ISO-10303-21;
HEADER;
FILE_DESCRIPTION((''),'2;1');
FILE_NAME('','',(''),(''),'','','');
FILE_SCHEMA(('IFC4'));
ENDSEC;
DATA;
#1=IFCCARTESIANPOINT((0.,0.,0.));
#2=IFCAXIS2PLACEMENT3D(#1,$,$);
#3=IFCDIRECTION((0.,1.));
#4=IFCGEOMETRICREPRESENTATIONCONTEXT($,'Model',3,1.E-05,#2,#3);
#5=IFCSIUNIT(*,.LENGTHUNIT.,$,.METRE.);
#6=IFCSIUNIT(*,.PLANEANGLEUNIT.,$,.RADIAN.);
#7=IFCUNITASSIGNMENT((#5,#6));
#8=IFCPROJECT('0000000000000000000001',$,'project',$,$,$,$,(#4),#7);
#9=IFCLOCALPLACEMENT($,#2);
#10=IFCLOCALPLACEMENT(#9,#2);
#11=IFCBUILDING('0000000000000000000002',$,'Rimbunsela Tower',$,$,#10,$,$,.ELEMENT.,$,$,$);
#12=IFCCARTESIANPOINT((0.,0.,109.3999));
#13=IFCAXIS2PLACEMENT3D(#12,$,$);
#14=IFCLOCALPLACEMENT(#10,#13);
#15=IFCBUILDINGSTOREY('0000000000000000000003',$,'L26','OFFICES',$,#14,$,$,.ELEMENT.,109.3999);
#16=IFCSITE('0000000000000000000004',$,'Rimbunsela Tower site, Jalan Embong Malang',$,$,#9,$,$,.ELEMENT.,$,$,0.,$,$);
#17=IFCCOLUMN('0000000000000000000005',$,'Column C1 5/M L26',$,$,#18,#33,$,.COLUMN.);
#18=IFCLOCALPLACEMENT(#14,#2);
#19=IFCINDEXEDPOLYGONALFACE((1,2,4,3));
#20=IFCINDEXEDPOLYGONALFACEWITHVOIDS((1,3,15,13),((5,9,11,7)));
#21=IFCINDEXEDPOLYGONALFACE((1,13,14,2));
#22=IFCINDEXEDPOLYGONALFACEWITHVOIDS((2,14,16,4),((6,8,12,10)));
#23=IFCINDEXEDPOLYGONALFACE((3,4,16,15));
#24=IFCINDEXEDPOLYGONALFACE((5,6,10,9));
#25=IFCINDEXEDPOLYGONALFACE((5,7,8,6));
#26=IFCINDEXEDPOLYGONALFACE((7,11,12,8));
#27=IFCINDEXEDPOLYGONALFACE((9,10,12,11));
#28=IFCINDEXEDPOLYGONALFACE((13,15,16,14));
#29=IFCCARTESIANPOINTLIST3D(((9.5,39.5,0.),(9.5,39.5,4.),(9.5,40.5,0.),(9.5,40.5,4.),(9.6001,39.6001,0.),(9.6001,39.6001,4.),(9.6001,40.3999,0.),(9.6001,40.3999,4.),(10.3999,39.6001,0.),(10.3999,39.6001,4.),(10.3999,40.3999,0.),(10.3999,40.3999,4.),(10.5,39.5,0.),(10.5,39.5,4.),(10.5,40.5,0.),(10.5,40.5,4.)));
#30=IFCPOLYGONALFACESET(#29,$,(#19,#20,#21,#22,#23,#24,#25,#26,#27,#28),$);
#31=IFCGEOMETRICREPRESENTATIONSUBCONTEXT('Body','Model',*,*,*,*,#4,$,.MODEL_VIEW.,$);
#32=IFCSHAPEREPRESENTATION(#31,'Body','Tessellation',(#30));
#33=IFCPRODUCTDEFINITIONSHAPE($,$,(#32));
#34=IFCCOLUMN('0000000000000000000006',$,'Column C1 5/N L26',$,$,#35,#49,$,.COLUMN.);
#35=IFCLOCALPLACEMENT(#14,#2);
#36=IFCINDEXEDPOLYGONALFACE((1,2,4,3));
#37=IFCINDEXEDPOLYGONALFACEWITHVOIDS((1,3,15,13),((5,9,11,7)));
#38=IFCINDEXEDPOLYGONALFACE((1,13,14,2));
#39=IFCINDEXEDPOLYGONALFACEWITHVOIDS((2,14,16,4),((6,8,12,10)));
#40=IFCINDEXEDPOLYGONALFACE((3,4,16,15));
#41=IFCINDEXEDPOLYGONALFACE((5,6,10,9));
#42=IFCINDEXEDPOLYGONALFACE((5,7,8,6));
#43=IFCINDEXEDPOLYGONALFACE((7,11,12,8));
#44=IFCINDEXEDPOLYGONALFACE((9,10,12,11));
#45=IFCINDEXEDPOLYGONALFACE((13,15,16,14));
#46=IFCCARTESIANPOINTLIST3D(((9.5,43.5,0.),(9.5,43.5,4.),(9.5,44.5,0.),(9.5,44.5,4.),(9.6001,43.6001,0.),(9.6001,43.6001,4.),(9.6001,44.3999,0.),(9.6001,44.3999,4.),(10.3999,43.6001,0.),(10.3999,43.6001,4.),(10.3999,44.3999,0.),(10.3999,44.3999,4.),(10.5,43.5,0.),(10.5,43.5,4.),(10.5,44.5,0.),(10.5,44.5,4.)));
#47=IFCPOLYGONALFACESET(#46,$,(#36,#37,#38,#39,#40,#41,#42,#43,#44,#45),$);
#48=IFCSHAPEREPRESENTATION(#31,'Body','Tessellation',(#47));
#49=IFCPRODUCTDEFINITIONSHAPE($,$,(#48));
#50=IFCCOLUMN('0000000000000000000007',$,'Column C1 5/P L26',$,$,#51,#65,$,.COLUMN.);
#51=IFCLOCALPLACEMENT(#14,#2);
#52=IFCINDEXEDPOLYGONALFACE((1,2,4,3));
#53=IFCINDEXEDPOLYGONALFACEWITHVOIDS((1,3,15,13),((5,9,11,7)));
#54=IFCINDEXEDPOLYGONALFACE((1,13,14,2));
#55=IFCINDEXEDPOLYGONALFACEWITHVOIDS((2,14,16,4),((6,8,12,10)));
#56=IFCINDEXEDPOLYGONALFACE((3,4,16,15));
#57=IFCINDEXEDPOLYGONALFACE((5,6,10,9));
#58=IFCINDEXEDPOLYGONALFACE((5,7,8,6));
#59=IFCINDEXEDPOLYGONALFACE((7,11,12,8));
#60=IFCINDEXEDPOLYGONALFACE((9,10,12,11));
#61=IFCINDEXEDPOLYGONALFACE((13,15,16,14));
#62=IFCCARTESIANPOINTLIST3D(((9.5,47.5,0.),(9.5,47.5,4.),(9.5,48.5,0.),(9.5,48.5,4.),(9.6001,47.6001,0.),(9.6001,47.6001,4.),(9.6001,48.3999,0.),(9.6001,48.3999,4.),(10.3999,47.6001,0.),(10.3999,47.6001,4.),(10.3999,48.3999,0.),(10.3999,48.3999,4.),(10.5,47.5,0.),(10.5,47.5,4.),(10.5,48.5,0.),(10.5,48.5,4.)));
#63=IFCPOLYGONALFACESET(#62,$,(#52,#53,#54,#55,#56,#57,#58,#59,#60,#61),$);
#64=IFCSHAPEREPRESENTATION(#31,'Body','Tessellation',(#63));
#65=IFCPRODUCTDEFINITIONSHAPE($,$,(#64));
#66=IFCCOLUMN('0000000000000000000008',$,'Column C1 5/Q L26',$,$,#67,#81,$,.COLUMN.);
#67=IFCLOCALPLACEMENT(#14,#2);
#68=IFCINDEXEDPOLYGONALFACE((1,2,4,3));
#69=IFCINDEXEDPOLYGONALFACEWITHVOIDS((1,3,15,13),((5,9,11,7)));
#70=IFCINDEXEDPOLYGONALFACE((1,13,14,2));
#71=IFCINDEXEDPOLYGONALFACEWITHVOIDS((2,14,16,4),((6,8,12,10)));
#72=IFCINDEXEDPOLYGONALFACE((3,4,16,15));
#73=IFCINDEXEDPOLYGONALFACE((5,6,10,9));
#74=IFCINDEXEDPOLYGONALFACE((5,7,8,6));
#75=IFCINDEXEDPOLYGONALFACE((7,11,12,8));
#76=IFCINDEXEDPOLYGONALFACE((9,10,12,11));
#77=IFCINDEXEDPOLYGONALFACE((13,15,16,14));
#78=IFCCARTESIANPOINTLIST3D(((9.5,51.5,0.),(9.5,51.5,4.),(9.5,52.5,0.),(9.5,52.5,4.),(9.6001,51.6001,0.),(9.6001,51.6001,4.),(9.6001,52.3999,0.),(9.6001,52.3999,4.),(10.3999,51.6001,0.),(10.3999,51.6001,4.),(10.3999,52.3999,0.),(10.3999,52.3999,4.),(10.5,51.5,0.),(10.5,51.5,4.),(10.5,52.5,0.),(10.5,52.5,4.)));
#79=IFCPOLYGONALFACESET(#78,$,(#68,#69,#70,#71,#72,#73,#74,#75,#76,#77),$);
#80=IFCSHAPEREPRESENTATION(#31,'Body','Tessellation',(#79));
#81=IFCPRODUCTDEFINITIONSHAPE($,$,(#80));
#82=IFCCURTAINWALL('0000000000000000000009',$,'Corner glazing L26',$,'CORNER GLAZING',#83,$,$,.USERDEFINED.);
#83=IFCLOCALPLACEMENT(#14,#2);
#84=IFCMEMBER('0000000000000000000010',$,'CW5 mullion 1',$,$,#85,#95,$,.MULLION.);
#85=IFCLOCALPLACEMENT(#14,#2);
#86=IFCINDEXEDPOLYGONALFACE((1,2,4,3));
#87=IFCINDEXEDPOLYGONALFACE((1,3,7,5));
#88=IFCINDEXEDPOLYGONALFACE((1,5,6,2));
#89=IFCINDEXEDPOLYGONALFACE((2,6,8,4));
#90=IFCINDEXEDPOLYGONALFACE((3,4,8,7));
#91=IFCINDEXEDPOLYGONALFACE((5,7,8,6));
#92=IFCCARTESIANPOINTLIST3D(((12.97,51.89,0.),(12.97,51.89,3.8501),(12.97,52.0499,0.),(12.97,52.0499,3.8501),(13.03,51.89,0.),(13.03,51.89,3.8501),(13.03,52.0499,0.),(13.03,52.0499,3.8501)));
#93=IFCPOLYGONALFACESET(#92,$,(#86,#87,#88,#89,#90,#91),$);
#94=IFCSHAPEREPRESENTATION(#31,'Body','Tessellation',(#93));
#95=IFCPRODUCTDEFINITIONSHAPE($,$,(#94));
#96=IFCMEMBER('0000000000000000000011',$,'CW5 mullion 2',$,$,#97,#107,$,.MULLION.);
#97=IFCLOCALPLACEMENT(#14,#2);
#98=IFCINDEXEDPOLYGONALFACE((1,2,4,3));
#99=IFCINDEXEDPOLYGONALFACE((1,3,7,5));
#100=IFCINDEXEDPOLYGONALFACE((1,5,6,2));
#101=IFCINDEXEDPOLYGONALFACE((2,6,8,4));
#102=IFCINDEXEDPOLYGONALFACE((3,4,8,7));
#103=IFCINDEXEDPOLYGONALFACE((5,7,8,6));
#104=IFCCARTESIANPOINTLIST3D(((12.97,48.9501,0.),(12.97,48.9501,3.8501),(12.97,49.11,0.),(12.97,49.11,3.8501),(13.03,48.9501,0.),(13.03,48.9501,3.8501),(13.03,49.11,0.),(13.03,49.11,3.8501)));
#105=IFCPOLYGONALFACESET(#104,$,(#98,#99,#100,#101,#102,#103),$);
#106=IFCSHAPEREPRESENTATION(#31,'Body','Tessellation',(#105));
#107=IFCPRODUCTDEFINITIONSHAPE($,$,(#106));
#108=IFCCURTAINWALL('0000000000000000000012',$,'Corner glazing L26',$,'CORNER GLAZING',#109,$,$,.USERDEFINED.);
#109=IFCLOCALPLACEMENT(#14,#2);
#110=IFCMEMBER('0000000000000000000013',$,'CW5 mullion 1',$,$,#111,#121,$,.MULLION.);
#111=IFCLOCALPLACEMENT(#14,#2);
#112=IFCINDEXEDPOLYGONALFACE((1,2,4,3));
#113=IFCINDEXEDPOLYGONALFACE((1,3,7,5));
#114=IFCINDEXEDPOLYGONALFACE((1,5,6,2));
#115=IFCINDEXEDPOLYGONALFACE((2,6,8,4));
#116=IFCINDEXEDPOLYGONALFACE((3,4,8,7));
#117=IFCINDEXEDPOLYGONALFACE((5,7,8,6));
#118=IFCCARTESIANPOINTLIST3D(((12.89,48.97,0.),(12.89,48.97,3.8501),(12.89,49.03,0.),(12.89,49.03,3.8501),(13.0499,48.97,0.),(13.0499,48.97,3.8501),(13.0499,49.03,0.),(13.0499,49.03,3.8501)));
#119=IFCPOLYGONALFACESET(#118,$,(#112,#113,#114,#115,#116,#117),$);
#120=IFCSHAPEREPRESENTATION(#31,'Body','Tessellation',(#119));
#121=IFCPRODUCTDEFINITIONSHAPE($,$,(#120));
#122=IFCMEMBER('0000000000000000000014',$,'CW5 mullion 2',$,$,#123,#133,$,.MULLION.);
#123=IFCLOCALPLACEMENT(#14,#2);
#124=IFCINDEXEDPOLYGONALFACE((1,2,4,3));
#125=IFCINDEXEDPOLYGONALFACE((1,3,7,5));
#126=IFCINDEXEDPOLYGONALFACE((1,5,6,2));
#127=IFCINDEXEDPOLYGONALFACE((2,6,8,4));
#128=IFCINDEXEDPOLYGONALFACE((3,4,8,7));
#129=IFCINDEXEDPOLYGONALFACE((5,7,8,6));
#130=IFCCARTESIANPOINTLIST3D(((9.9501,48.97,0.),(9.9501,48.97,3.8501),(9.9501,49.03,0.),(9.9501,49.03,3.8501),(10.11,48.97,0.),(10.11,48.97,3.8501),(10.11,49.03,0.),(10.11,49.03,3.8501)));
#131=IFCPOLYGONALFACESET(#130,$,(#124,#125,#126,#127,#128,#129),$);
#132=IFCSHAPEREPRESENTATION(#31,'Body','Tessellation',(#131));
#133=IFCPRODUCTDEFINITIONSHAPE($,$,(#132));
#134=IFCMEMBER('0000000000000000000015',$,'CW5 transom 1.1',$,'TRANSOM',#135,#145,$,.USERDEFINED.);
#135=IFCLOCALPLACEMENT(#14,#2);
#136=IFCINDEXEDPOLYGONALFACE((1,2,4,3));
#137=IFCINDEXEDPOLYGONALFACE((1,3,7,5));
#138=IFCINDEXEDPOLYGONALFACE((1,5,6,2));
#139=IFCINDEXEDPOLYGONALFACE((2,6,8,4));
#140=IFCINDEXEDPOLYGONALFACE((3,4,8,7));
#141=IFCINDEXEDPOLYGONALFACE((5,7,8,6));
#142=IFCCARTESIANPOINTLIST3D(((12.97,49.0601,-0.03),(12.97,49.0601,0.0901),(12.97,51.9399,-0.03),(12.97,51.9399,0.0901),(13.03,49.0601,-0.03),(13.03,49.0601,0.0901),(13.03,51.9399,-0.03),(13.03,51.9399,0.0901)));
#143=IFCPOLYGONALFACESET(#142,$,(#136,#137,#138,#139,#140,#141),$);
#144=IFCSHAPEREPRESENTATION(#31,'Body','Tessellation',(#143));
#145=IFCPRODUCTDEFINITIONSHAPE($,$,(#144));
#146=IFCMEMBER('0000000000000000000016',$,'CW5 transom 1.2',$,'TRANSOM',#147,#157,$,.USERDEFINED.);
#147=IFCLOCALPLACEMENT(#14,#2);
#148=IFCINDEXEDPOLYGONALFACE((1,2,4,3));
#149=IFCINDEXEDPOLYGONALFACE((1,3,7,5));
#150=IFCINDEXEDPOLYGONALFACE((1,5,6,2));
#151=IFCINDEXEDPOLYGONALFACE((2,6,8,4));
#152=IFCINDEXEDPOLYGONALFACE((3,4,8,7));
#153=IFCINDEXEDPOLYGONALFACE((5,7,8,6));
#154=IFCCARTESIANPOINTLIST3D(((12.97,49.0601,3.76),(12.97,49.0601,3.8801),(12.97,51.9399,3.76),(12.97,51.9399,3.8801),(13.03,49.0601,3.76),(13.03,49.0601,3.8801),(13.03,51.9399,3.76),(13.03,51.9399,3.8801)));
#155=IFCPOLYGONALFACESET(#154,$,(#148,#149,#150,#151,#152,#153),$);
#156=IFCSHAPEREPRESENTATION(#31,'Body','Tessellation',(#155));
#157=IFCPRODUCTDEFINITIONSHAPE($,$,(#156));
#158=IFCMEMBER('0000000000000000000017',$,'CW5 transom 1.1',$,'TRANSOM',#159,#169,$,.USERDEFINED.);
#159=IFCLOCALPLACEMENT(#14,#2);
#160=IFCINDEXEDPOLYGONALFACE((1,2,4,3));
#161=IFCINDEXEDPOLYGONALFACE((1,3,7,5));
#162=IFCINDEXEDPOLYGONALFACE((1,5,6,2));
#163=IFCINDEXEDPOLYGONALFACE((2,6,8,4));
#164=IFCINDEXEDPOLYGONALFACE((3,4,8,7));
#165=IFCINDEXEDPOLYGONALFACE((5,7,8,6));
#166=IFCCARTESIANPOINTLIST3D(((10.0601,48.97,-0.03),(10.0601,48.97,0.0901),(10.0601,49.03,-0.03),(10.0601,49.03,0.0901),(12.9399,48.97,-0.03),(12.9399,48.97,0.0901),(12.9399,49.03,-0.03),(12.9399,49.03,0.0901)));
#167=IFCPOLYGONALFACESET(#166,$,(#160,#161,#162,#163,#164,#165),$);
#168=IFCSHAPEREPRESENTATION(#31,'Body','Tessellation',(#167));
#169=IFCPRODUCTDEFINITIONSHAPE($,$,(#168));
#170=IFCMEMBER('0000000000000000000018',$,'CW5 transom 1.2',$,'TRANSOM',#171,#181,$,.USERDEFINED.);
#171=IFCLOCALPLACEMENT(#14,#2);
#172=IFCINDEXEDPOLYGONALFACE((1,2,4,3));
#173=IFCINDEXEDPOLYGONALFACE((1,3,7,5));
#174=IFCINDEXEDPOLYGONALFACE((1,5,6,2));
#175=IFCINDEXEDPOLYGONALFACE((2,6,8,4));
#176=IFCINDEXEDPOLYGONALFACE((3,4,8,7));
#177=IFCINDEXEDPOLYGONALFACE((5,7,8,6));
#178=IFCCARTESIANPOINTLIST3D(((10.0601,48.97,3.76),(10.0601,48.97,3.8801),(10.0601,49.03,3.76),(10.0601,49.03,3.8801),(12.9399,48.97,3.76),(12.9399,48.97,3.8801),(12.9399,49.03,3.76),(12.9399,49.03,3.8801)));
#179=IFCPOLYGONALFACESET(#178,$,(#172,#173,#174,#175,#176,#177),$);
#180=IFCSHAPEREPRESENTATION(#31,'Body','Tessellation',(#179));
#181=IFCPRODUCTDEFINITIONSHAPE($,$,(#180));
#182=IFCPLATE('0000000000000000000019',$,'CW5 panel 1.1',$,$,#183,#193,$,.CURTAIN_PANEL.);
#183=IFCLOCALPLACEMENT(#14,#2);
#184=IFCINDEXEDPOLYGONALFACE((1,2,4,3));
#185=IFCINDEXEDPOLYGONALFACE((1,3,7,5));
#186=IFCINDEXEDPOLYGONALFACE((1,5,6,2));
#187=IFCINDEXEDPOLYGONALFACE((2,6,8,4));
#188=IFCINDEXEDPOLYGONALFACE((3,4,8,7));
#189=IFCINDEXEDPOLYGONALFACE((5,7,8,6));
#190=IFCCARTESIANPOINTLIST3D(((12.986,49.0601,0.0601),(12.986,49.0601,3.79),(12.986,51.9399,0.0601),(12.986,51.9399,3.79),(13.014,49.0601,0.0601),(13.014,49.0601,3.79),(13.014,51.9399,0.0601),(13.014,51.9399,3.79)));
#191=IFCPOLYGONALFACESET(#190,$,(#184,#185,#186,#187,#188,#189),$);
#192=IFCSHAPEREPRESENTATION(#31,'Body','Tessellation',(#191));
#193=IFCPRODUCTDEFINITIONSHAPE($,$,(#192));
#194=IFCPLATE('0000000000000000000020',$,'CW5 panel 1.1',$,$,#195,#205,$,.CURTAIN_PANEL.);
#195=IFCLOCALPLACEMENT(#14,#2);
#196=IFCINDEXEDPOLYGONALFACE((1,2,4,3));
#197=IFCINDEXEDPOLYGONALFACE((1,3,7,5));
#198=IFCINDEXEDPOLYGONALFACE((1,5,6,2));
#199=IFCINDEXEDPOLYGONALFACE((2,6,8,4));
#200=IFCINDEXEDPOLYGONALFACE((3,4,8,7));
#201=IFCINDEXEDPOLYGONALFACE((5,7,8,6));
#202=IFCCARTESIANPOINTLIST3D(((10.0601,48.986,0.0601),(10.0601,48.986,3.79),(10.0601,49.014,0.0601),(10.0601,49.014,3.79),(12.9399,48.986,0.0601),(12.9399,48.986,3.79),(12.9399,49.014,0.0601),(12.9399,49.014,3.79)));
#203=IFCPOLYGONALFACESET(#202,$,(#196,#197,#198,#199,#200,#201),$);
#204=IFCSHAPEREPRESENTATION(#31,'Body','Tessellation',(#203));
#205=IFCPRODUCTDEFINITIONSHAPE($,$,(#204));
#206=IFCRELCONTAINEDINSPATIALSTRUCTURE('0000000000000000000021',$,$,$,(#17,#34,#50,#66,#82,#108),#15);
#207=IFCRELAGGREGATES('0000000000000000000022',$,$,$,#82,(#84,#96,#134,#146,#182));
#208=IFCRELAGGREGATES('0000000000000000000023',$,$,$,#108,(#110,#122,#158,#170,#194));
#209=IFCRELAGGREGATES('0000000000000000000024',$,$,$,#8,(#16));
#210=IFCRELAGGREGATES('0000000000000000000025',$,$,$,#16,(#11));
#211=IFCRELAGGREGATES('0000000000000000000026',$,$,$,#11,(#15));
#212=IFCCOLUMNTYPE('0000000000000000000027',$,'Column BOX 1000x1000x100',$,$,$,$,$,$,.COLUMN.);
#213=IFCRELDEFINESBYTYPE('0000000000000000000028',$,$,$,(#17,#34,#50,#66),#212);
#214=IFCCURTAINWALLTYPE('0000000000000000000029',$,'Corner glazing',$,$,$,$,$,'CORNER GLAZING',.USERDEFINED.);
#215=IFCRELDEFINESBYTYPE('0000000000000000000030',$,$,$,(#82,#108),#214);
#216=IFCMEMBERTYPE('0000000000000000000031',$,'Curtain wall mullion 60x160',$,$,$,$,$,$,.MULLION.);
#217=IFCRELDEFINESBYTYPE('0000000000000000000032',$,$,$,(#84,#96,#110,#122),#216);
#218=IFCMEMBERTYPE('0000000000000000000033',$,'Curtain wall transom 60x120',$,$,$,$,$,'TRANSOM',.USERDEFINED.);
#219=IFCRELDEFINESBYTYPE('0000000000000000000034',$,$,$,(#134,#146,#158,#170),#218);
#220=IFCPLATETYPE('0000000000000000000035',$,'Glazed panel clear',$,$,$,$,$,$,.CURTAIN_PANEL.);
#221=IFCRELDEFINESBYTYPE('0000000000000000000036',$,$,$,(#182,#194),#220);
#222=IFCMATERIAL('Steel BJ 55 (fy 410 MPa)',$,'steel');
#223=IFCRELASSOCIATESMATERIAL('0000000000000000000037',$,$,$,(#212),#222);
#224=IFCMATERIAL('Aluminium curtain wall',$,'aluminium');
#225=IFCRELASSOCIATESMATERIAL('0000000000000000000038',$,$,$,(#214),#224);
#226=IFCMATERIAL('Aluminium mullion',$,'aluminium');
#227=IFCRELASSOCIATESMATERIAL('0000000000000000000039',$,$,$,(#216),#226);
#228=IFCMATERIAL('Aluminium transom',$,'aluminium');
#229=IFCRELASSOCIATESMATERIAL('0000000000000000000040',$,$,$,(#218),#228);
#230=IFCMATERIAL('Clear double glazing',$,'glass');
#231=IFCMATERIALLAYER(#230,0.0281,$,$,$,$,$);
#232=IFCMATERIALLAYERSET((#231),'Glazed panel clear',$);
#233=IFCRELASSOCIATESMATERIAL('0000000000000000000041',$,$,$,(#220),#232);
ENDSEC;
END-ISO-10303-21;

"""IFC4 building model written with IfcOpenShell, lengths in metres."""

from ifc_helpers import new_model, si_unit, direction, frame, origin, origin_2d, place, context, subcontext, project, spatial, rectangle, hollow_rectangle, extrude, material, layer, layer_set, material_profile, profile_set, type_object, element, aggregate, save


model = new_model("IFC4")

# Units and contexts
model_context = context("Model", 3, precision=1e-05, world=origin(), true_north=direction((0.0, 1.0)))
body_context = subcontext(model_context, "Body", "Model", "MODEL_VIEW")
ifc_project = project(units=[si_unit("LENGTHUNIT", "METRE"), si_unit("PLANEANGLEUNIT", "RADIAN")], contexts=[model_context])

# Site, building, storey
site_placement = place(None, origin())
site = spatial("IfcSite", under=ifc_project, at=site_placement, Name="Rimbunsela Tower site, Jalan Embong Malang", CompositionType="ELEMENT", RefElevation=0.0)
building_placement = place(site_placement, origin())
building = spatial("IfcBuilding", under=site, at=building_placement, Name="Rimbunsela Tower", CompositionType="ELEMENT")
storey_placement = place(building_placement, frame((0.0, 0.0, 109.3999)))
storey = spatial("IfcBuildingStorey", under=building, at=storey_placement, Name="L26", Description="OFFICES", CompositionType="ELEMENT", Elevation=109.3999)

# Columns
ifc_material_1 = material(Name="Steel BJ 55 (fy 410 MPa)", Category="steel")
ifc_material_profile_1 = material_profile(ifc_material_1, hollow_rectangle(XDim=1.0, YDim=1.0, WallThickness=0.1001, at=origin_2d()), Name="BOX 1000x1000x100")
ifc_profile_set_1 = profile_set([ifc_material_profile_1], Name="Steel BJ 55 (fy 410 MPa)")
column_type = type_object("IfcColumnType", Name="Column BOX 1000x1000x100", PredefinedType="COLUMN", material=ifc_profile_set_1)
for number, where, z_axis, x_axis, name in (
    (1, (10.0, 40.0, 0.0), (0.0, 0.0, 1.0), (1.0, 0.0, 0.0), "Column C1 5/M L26"),
    (2, (10.0, 44.0, 0.0), (0.0, 0.0, 1.0), (1.0, 0.0, 0.0), "Column C1 5/N L26"),
    (3, (10.0, 48.0, 0.0), (0.0, 0.0, 1.0), (1.0, 0.0, 0.0), "Column C1 5/P L26"),
    (4, (10.0, 52.0, 0.0), (0.0, 0.0, 1.0), (1.0, 0.0, 0.0), "Column C1 5/Q L26"),
):
    element("IfcColumn", number, at=place(storey_placement, frame(where, z_axis=z_axis, x_axis=x_axis)), inside=storey, type_object=column_type, Name=name, PredefinedType="COLUMN", context=body_context, shape_type="SweptSolid", body=[
        extrude(hollow_rectangle(XDim=1.0, YDim=1.0, WallThickness=0.1001, at=origin_2d()), origin(), (0.0, 0.0, 1.0), 4.0),
    ])

# Curtain walls, members
ifc_material_2 = material(Name="Aluminium curtain wall", Category="aluminium")
curtain_wall_type = type_object("IfcCurtainWallType", Name="Corner glazing", ElementType="CORNER GLAZING", PredefinedType="USERDEFINED", material=ifc_material_2)
curtain_wall_1_placement = place(storey_placement, origin())
curtain_wall_1 = element("IfcCurtainWall", 5, at=curtain_wall_1_placement, inside=storey, type_object=curtain_wall_type, Name="Corner glazing L26", ObjectType="CORNER GLAZING", PredefinedType="USERDEFINED")
ifc_material_3 = material(Name="Aluminium mullion", Category="aluminium")
ifc_material_profile_2 = material_profile(ifc_material_3, rectangle(XDim=0.0601, YDim=0.1599, at=origin_2d()), Name="Mullion 60x160")
ifc_profile_set_2 = profile_set([ifc_material_profile_2], Name="Aluminium mullion")
member_type_1 = type_object("IfcMemberType", Name="Curtain wall mullion 60x160", PredefinedType="MULLION", material=ifc_profile_set_2)
member_1_placement = place(storey_placement, frame((13.0, 51.97, 0.0), z_axis=(0.0, 0.0, 1.0), x_axis=(1.0, 0.0, 0.0)))
member_1 = element("IfcMember", 6, at=member_1_placement, type_object=member_type_1, Name="CW5 mullion 1", PredefinedType="MULLION", context=body_context, shape_type="SweptSolid", body=[
    extrude(rectangle(XDim=0.0601, YDim=0.1599, at=origin_2d()), origin(), (0.0, 0.0, 1.0), 3.8501),
])
member_2_placement = place(storey_placement, frame((13.0, 49.03, 0.0), z_axis=(0.0, 0.0, 1.0), x_axis=(1.0, 0.0, 0.0)))
member_2 = element("IfcMember", 7, at=member_2_placement, type_object=member_type_1, Name="CW5 mullion 2", PredefinedType="MULLION", context=body_context, shape_type="SweptSolid", body=[
    extrude(rectangle(XDim=0.0601, YDim=0.1599, at=origin_2d()), origin(), (0.0, 0.0, 1.0), 3.8501),
])
curtain_wall_2_placement = place(storey_placement, origin())
curtain_wall_2 = element("IfcCurtainWall", 8, at=curtain_wall_2_placement, inside=storey, type_object=curtain_wall_type, Name="Corner glazing L26", ObjectType="CORNER GLAZING", PredefinedType="USERDEFINED")
member_3_placement = place(storey_placement, frame((12.97, 49.0, 0.0), z_axis=(0.0, 0.0, 1.0), x_axis=(0.0, -1.0, 0.0)))
member_3 = element("IfcMember", 9, at=member_3_placement, type_object=member_type_1, Name="CW5 mullion 1", PredefinedType="MULLION", context=body_context, shape_type="SweptSolid", body=[
    extrude(rectangle(XDim=0.0601, YDim=0.1599, at=origin_2d()), origin(), (0.0, 0.0, 1.0), 3.8501),
])
member_4_placement = place(storey_placement, frame((10.03, 49.0, 0.0), z_axis=(0.0, 0.0, 1.0), x_axis=(0.0, -1.0, 0.0)))
member_4 = element("IfcMember", 10, at=member_4_placement, type_object=member_type_1, Name="CW5 mullion 2", PredefinedType="MULLION", context=body_context, shape_type="SweptSolid", body=[
    extrude(rectangle(XDim=0.0601, YDim=0.1599, at=origin_2d()), origin(), (0.0, 0.0, 1.0), 3.8501),
])

# Members
ifc_material_4 = material(Name="Aluminium transom", Category="aluminium")
ifc_material_profile_3 = material_profile(ifc_material_4, rectangle(XDim=0.0601, YDim=0.1201, at=origin_2d()), Name="Transom 60x120")
ifc_profile_set_3 = profile_set([ifc_material_profile_3], Name="Aluminium transom")
member_type_2 = type_object("IfcMemberType", Name="Curtain wall transom 60x120", ElementType="TRANSOM", PredefinedType="USERDEFINED", material=ifc_profile_set_3)
member_5_placement = place(storey_placement, frame((13.0, 51.9399, 0.03), z_axis=(0.0, -1.0, 0.0), x_axis=(1.0, 0.0, 0.0)))
member_5 = element("IfcMember", 11, at=member_5_placement, type_object=member_type_2, Name="CW5 transom 1.1", ObjectType="TRANSOM", PredefinedType="USERDEFINED", context=body_context, shape_type="SweptSolid", body=[
    extrude(rectangle(XDim=0.0601, YDim=0.1201, at=origin_2d()), origin(), (0.0, 0.0, 1.0), 2.8799),
])
member_6_placement = place(storey_placement, frame((13.0, 51.9399, 3.8201), z_axis=(0.0, -1.0, 0.0), x_axis=(1.0, 0.0, 0.0)))
member_6 = element("IfcMember", 12, at=member_6_placement, type_object=member_type_2, Name="CW5 transom 1.2", ObjectType="TRANSOM", PredefinedType="USERDEFINED", context=body_context, shape_type="SweptSolid", body=[
    extrude(rectangle(XDim=0.0601, YDim=0.1201, at=origin_2d()), origin(), (0.0, 0.0, 1.0), 2.8799),
])
member_7_placement = place(storey_placement, frame((12.9399, 49.0, 0.03), z_axis=(-1.0, 0.0, 0.0), x_axis=(0.0, -1.0, 0.0)))
member_7 = element("IfcMember", 13, at=member_7_placement, type_object=member_type_2, Name="CW5 transom 1.1", ObjectType="TRANSOM", PredefinedType="USERDEFINED", context=body_context, shape_type="SweptSolid", body=[
    extrude(rectangle(XDim=0.0601, YDim=0.1201, at=origin_2d()), origin(), (0.0, 0.0, 1.0), 2.8799),
])
member_8_placement = place(storey_placement, frame((12.9399, 49.0, 3.8201), z_axis=(-1.0, 0.0, 0.0), x_axis=(0.0, -1.0, 0.0)))
member_8 = element("IfcMember", 14, at=member_8_placement, type_object=member_type_2, Name="CW5 transom 1.2", ObjectType="TRANSOM", PredefinedType="USERDEFINED", context=body_context, shape_type="SweptSolid", body=[
    extrude(rectangle(XDim=0.0601, YDim=0.1201, at=origin_2d()), origin(), (0.0, 0.0, 1.0), 2.8799),
])

# Plates
ifc_material_5 = material(Name="Clear double glazing", Category="glass")
ifc_layer_1 = layer(ifc_material_5, 0.0281)
ifc_layer_set_1 = layer_set([ifc_layer_1], Name="Glazed panel clear")
plate_type = type_object("IfcPlateType", Name="Glazed panel clear", PredefinedType="CURTAIN_PANEL", material=ifc_layer_set_1)
plate_1_placement = place(storey_placement, frame((13.0, 50.5, 0.0601), z_axis=(0.0, 0.0, 1.0), x_axis=(0.0, -1.0, 0.0)))
plate_1 = element("IfcPlate", 15, at=plate_1_placement, type_object=plate_type, Name="CW5 panel 1.1", PredefinedType="CURTAIN_PANEL", context=body_context, shape_type="SweptSolid", body=[
    extrude(rectangle(XDim=2.8799, YDim=0.0281, at=origin_2d()), origin(), (0.0, 0.0, 1.0), 3.73),
])
aggregate(curtain_wall_1, [member_1, member_2, member_5, member_6, plate_1])
plate_2_placement = place(storey_placement, frame((11.5, 49.0, 0.0601), z_axis=(0.0, 0.0, 1.0), x_axis=(-1.0, 0.0, 0.0)))
plate_2 = element("IfcPlate", 16, at=plate_2_placement, type_object=plate_type, Name="CW5 panel 1.1", PredefinedType="CURTAIN_PANEL", context=body_context, shape_type="SweptSolid", body=[
    extrude(rectangle(XDim=2.8799, YDim=0.0281, at=origin_2d()), origin(), (0.0, 0.0, 1.0), 3.73),
])
aggregate(curtain_wall_2, [member_3, member_4, member_7, member_8, plate_2])

save(model, "model.ifc")
